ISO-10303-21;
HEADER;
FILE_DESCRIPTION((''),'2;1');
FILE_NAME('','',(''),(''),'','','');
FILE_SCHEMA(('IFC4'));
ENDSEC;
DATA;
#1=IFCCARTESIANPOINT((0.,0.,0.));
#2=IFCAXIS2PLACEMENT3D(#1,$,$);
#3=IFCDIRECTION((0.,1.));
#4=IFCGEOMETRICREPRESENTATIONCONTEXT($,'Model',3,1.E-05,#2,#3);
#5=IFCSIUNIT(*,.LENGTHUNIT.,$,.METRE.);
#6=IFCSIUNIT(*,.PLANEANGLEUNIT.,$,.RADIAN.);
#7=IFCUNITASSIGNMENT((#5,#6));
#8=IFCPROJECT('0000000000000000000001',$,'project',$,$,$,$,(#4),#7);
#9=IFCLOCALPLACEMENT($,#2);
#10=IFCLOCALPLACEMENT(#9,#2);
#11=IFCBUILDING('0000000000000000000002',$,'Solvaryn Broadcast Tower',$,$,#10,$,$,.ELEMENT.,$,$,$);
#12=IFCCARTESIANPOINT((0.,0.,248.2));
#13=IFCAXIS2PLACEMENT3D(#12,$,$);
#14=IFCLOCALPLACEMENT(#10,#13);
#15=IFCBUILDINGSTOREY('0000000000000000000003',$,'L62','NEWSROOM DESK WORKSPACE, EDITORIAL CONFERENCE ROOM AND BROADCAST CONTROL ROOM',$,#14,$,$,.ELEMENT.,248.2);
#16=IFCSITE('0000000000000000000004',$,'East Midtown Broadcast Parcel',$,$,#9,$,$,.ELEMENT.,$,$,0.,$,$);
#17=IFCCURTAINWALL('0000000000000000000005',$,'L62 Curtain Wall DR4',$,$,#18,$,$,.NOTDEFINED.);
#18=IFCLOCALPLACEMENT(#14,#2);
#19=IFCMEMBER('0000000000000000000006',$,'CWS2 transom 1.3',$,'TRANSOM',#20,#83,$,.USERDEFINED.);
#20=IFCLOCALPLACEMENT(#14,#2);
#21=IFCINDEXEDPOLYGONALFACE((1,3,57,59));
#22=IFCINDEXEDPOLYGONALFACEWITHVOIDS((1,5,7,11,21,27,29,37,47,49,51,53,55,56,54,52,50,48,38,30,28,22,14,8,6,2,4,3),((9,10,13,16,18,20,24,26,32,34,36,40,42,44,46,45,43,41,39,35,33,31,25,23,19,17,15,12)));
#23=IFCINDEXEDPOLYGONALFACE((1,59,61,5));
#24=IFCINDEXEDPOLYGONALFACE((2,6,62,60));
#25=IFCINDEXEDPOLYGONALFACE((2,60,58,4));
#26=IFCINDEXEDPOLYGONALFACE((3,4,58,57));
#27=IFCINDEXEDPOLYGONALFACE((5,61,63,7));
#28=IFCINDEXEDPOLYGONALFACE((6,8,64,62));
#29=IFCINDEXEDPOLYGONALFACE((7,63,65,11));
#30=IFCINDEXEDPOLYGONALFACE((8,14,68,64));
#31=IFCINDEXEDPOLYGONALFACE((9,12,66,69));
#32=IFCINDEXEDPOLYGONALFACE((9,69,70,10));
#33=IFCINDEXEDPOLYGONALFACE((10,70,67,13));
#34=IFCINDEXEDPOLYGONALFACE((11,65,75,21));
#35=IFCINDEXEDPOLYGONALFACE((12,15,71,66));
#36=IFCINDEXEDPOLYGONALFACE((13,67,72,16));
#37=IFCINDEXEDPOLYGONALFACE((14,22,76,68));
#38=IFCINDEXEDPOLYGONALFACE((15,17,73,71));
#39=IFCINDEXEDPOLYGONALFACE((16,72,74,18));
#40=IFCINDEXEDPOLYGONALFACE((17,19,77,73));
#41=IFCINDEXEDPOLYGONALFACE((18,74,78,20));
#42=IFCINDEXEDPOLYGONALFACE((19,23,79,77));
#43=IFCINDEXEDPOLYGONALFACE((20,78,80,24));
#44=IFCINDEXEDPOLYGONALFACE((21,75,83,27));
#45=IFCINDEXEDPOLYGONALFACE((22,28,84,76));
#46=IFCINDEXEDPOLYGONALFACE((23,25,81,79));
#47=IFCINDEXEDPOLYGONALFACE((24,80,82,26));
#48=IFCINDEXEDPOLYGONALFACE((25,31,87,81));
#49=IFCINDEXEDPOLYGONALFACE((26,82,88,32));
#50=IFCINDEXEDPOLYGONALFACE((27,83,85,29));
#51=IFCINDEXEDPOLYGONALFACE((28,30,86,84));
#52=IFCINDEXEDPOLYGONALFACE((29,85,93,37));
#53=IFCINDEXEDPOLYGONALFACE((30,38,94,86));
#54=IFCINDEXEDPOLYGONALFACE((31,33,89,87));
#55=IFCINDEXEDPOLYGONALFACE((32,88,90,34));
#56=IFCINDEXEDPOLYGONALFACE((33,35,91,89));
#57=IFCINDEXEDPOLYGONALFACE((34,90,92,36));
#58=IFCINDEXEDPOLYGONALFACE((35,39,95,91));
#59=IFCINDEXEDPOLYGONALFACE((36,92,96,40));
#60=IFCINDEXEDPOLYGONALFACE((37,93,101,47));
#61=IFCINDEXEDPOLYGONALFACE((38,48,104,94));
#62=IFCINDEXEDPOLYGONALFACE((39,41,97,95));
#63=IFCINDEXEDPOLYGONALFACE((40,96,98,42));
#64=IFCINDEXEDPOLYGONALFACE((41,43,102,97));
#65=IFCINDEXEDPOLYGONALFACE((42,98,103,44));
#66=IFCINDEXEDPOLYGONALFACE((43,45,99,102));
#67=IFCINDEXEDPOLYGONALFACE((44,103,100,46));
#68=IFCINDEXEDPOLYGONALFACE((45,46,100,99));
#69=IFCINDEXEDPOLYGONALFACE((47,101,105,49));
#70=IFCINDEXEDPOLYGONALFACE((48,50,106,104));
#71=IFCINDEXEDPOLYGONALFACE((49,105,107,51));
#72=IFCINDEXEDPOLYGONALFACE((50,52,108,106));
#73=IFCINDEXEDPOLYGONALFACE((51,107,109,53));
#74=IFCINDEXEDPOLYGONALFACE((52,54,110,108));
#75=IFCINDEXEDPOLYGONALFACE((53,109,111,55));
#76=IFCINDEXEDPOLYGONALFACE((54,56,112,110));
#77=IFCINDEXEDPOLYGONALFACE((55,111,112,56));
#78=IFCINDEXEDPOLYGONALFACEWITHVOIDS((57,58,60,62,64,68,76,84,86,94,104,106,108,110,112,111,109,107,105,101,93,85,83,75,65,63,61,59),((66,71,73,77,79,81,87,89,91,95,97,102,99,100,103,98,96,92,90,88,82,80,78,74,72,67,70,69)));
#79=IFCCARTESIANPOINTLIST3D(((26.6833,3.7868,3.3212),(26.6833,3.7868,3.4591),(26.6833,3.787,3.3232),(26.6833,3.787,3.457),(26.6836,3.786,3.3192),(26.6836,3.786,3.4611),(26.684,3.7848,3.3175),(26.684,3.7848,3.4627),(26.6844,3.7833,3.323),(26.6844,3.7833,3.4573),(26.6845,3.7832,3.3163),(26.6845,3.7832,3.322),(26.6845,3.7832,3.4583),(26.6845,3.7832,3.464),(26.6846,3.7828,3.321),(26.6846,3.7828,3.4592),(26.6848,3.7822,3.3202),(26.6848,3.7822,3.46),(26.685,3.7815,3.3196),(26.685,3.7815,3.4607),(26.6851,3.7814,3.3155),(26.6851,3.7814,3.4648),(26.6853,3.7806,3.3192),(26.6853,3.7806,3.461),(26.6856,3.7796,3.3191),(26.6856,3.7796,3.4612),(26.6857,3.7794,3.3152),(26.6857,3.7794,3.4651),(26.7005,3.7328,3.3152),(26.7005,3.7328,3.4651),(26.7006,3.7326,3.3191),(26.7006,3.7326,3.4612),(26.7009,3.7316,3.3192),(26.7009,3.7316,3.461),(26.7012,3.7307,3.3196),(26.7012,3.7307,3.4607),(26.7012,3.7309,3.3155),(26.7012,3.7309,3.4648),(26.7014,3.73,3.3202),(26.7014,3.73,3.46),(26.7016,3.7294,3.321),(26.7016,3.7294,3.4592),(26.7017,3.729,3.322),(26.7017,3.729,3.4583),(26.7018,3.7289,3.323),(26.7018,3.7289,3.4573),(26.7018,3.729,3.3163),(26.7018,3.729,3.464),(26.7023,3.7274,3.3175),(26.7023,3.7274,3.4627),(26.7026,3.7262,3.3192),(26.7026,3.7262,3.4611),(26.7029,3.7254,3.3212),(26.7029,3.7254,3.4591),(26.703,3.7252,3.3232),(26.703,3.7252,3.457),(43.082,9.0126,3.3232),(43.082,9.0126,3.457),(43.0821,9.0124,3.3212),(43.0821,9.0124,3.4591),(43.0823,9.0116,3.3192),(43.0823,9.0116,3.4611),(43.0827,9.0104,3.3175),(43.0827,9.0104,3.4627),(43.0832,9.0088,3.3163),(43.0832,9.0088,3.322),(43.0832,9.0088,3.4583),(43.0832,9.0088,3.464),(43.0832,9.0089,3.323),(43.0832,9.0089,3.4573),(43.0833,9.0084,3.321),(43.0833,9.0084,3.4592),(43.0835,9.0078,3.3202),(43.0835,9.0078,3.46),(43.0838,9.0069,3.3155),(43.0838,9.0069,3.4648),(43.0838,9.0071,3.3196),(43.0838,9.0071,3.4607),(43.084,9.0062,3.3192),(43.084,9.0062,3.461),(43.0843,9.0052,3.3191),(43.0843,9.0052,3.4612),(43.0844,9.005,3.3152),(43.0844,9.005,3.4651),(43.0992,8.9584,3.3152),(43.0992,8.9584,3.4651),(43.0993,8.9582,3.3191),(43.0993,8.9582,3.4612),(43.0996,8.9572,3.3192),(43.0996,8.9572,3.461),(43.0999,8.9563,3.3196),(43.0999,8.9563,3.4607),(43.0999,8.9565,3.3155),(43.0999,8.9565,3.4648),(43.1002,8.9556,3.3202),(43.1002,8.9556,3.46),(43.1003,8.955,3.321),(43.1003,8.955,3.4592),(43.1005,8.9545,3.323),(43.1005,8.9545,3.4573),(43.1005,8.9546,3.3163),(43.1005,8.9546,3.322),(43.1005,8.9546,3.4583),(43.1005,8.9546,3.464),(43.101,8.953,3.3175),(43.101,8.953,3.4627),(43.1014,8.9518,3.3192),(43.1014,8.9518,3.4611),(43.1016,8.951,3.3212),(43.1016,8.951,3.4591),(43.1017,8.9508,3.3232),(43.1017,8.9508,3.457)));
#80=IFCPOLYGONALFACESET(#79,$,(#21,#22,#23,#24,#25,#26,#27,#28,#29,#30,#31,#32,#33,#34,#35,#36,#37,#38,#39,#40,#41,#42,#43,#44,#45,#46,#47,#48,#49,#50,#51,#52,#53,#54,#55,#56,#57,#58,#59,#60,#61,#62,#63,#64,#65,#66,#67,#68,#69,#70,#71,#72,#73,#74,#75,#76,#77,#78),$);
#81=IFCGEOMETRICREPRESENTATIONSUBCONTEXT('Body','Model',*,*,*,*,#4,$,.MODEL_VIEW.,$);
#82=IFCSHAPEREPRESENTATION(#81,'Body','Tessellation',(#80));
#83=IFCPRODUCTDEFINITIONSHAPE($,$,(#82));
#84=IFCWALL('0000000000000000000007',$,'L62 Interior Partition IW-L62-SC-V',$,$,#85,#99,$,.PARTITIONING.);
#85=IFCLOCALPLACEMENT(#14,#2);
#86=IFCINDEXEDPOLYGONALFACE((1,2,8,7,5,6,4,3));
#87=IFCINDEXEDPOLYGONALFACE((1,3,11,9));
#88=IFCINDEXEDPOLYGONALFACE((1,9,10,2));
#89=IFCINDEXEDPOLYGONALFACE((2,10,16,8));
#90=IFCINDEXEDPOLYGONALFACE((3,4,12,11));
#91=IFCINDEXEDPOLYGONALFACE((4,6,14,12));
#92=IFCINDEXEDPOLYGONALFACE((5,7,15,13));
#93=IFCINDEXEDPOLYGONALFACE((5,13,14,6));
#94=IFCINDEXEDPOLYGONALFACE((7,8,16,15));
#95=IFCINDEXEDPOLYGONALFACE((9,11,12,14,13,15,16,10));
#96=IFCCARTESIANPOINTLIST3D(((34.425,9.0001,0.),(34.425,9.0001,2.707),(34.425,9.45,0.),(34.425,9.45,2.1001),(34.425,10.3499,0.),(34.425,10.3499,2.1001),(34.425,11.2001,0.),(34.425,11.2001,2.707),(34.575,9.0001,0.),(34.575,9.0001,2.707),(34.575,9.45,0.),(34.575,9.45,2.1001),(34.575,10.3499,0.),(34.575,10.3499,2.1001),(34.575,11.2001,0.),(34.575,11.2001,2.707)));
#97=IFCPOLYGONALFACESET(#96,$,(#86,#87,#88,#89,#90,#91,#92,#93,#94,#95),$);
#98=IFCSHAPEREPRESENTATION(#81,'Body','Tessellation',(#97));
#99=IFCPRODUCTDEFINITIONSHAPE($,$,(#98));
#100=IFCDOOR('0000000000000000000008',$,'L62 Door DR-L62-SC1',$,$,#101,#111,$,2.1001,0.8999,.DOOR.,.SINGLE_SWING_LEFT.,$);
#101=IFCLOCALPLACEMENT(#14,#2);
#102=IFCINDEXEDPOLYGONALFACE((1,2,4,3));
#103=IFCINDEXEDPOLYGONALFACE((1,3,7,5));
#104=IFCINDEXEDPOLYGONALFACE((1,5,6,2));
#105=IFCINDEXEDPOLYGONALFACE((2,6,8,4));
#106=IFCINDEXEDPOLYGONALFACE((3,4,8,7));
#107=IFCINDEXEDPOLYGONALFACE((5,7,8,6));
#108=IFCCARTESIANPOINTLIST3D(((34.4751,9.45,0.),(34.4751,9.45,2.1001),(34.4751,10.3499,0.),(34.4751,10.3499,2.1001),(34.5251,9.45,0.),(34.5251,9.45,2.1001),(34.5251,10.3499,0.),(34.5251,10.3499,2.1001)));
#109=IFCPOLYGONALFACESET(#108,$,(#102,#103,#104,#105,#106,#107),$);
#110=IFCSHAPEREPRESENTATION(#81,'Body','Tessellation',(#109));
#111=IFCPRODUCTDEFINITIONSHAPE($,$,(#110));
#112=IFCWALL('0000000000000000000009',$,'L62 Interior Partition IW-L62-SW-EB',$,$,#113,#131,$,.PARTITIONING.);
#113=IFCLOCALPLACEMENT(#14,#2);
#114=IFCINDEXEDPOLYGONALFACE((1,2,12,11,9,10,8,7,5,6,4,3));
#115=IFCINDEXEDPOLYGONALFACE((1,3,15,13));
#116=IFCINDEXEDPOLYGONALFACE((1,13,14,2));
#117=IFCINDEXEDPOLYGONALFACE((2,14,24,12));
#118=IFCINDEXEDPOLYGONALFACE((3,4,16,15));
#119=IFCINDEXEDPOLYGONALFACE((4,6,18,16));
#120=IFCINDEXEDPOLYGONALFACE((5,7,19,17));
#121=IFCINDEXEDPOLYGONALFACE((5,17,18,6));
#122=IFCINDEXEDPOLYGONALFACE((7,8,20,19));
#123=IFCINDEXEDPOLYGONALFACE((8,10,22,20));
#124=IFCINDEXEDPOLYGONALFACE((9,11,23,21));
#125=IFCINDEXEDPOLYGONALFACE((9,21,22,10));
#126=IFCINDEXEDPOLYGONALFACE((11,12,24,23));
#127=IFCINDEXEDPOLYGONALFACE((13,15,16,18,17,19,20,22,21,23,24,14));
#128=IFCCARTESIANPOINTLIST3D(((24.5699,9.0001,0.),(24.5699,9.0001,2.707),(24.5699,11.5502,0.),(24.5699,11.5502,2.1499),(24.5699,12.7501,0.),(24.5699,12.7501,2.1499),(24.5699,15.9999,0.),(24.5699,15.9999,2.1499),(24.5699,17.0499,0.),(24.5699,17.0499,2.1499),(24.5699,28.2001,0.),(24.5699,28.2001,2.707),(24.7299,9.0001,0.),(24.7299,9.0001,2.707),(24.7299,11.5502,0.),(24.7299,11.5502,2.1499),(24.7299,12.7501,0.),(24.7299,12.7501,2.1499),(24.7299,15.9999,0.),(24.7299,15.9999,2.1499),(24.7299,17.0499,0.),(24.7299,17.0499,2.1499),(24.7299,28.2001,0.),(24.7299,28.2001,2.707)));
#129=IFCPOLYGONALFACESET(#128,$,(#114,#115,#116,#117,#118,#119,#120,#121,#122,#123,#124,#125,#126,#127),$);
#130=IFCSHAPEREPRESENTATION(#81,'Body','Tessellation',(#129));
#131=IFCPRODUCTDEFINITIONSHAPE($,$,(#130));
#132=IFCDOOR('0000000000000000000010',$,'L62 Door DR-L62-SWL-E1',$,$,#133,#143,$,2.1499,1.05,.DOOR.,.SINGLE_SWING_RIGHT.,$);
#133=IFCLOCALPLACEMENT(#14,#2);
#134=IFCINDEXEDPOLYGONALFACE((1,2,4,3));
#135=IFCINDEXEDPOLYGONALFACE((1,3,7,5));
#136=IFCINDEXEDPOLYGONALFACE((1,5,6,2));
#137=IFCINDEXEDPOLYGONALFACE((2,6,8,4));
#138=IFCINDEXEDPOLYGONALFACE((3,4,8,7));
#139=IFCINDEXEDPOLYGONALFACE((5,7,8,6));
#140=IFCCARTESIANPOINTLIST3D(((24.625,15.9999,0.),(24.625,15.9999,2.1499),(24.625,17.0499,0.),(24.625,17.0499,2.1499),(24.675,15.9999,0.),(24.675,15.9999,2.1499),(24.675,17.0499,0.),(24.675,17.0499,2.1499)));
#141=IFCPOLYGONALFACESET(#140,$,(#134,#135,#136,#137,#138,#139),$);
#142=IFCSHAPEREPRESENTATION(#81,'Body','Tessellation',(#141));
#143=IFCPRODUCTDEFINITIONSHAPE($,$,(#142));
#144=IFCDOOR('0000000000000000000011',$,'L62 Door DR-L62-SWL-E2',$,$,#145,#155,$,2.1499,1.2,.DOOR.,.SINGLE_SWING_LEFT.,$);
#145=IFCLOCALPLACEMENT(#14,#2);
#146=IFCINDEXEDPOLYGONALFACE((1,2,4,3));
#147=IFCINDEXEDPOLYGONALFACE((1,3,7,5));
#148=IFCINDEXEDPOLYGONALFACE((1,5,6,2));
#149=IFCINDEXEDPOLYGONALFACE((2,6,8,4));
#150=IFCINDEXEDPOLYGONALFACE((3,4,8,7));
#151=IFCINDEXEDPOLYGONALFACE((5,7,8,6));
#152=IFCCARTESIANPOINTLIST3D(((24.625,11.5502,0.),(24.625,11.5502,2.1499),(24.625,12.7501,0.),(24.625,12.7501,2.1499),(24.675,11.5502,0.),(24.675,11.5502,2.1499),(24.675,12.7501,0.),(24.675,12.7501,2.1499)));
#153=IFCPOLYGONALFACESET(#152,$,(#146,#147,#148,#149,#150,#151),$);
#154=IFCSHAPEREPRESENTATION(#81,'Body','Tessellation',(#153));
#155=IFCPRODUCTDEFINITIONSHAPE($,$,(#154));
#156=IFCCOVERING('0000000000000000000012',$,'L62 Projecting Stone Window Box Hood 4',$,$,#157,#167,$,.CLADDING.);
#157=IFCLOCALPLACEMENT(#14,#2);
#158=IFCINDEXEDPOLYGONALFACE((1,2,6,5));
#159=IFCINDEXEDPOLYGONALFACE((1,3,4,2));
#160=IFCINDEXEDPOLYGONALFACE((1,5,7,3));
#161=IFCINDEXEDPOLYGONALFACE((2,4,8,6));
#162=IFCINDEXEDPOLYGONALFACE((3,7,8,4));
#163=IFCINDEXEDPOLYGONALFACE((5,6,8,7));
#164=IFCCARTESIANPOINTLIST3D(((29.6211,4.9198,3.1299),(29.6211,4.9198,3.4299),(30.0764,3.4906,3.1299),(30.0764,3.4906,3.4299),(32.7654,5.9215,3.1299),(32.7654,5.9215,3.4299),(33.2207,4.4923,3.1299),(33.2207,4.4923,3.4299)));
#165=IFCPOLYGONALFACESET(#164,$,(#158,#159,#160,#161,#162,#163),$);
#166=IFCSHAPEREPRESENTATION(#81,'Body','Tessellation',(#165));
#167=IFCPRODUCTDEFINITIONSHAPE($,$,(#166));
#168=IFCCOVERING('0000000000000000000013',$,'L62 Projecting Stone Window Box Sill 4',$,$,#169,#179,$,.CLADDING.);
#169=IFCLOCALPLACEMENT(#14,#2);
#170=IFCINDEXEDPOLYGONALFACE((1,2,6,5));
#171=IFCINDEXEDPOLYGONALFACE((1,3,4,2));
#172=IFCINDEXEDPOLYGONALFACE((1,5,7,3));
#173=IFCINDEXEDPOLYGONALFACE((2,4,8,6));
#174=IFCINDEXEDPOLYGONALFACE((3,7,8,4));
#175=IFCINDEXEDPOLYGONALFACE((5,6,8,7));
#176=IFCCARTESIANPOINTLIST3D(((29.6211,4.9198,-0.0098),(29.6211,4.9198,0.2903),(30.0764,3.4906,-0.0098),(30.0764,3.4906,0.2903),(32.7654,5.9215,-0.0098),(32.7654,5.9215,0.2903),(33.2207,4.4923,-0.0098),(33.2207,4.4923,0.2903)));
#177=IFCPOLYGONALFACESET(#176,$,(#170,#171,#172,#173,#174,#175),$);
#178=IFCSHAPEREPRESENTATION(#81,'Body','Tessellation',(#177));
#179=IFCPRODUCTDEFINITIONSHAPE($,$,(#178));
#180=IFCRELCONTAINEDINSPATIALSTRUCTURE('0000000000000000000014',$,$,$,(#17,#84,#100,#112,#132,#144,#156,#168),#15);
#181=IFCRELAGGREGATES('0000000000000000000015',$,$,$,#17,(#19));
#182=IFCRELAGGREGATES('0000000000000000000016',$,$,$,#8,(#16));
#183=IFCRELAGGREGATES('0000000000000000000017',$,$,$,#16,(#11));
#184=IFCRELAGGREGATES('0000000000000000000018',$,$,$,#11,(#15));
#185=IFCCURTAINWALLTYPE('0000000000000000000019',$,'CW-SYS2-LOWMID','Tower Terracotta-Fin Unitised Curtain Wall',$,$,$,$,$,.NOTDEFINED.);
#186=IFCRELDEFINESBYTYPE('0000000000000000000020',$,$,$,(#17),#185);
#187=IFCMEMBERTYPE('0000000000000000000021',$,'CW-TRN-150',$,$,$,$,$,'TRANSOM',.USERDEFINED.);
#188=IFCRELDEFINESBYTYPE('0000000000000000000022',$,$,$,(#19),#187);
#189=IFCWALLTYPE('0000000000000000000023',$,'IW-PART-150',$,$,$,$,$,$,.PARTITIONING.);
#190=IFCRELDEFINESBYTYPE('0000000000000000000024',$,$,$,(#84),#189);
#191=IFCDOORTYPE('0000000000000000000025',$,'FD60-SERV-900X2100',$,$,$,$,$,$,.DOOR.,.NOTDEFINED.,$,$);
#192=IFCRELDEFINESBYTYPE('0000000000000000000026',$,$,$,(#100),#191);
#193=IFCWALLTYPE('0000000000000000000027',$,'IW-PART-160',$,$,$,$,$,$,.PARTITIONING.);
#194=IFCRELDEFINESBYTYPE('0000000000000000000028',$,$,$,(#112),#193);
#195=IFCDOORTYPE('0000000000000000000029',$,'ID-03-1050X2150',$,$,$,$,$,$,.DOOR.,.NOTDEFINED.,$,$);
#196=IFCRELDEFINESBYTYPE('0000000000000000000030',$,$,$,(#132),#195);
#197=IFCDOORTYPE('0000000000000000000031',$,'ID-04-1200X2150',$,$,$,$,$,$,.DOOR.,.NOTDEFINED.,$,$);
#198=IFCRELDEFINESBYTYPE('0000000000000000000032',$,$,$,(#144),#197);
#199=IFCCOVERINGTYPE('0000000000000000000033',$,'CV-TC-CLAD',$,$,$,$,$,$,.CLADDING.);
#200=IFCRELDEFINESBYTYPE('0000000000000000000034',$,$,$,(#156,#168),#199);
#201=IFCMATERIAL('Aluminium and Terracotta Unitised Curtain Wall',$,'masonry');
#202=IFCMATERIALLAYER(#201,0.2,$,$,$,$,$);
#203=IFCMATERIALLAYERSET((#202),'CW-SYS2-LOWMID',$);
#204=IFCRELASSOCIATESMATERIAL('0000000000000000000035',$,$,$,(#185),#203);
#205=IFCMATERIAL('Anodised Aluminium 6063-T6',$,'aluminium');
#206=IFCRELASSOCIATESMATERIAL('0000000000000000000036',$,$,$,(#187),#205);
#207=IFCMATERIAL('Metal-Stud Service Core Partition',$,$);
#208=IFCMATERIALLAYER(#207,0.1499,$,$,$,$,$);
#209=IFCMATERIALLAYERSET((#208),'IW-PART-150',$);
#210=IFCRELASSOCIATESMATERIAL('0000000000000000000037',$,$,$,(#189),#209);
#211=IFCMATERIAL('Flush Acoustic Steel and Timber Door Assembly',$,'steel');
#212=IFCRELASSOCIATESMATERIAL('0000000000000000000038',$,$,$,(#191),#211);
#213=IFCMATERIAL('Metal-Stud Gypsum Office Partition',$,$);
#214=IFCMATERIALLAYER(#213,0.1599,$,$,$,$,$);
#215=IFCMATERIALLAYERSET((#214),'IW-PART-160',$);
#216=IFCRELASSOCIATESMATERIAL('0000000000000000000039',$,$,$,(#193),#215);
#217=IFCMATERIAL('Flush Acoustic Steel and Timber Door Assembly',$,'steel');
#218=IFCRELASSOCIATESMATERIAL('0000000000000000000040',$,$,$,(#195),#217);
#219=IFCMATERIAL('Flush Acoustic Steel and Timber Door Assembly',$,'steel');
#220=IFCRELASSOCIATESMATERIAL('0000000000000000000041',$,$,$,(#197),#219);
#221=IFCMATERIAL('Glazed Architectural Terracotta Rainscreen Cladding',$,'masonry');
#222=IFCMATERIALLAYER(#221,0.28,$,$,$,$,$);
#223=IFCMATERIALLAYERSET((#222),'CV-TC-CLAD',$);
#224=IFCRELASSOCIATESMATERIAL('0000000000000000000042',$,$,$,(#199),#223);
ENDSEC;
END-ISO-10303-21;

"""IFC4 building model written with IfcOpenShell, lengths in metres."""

from ifc_helpers import new_model, si_unit, direction, frame, frame_2d, origin, origin_2d, place, context, subcontext, project, spatial, rectangle, hollow_rectangle, extrude, material, layer, layer_set, material_profile, profile_set, type_object, element, fill, aggregate, save


model = new_model("IFC4")

# Units and contexts
model_context = context("Model", 3, precision=1e-05, world=origin(), true_north=direction((0.0, 1.0)))
body_context = subcontext(model_context, "Body", "Model", "MODEL_VIEW")
ifc_project = project(units=[si_unit("LENGTHUNIT", "METRE"), si_unit("PLANEANGLEUNIT", "RADIAN")], contexts=[model_context])

# Site, building, storey
site_placement = place(None, origin())
site = spatial("IfcSite", under=ifc_project, at=site_placement, Name="East Midtown Broadcast Parcel", CompositionType="ELEMENT", RefElevation=0.0)
building_placement = place(site_placement, origin())
building = spatial("IfcBuilding", under=site, at=building_placement, Name="Solvaryn Broadcast Tower", CompositionType="ELEMENT")
storey_placement = place(building_placement, frame((0.0, 0.0, 248.2)))
storey = spatial("IfcBuildingStorey", under=building, at=storey_placement, Name="L62", Description="NEWSROOM DESK WORKSPACE, EDITORIAL CONFERENCE ROOM AND BROADCAST CONTROL ROOM", CompositionType="ELEMENT", Elevation=248.2)

# Shared definitions
ifc_material_1 = material(Name="Aluminium and Terracotta Unitised Curtain Wall", Category="masonry")
ifc_layer_1 = layer(ifc_material_1, 0.2)
ifc_layer_set_1 = layer_set([ifc_layer_1], Name="CW-SYS2-LOWMID")
curtain_wall_type = type_object("IfcCurtainWallType", Name="CW-SYS2-LOWMID", Description="Tower Terracotta-Fin Unitised Curtain Wall", PredefinedType="NOTDEFINED", material=ifc_layer_set_1)

# Curtain wall, member
curtain_wall_1_placement = place(storey_placement, origin())
curtain_wall_1 = element("IfcCurtainWall", 1, at=curtain_wall_1_placement, inside=storey, type_object=curtain_wall_type, Name="L62 Curtain Wall DR4", PredefinedType="NOTDEFINED")
ifc_material_2 = material(Name="Anodised Aluminium 6063-T6", Category="aluminium")
ifc_material_profile_1 = material_profile(ifc_material_2, hollow_rectangle(XDim=0.0649, YDim=0.1499, WallThickness=0.0039, InnerFilletRadius=0.0039, OuterFilletRadius=0.0081, at=origin_2d()))
ifc_profile_set_1 = profile_set([ifc_material_profile_1], Name="Anodised Aluminium 6063-T6")
member_type_1 = type_object("IfcMemberType", Name="CW-TRN-150", ElementType="TRANSOM", PredefinedType="USERDEFINED", material=ifc_profile_set_1)
member_1_placement = place(storey_placement, frame((26.6931, 3.7561, 3.3901), z_axis=(0.952794, 0.303616, 0.0), x_axis=(-0.303616, 0.952794, 0.0)))
member_1 = element("IfcMember", 2, at=member_1_placement, type_object=member_type_1, Name="CWS2 transom 1.3", ObjectType="TRANSOM", PredefinedType="USERDEFINED", context=body_context, shape_type="SweptSolid", body=[
    extrude(hollow_rectangle(XDim=0.0649, YDim=0.1499, WallThickness=0.0039, InnerFilletRadius=0.0039, OuterFilletRadius=0.0081, at=origin_2d()), origin(), (0.0, 0.0, 1.0), 17.2112),
])
aggregate(curtain_wall_1, [member_1])

# Wall, opening, door
ifc_material_3 = material(Name="Metal-Stud Service Core Partition")
ifc_layer_2 = layer(ifc_material_3, 0.1499)
ifc_layer_set_2 = layer_set([ifc_layer_2], Name="IW-PART-150")
wall_type_1 = type_object("IfcWallType", Name="IW-PART-150", PredefinedType="PARTITIONING", material=ifc_layer_set_2)
wall_1_placement = place(storey_placement, frame((34.5, 9.0, 0.0), z_axis=(0.0, 0.0, 1.0), x_axis=(0.0, 1.0, 0.0)))
wall_1 = element("IfcWall", 3, at=wall_1_placement, inside=storey, type_object=wall_type_1, Name="L62 Interior Partition IW-L62-SC-V", PredefinedType="PARTITIONING", context=body_context, shape_type="SweptSolid", body=[
    extrude(rectangle(XDim=2.2, YDim=0.1499, at=frame_2d((1.1001, 0.0))), origin(), (0.0, 0.0, 1.0), 2.707),
])
opening_1_placement = place(wall_1_placement, frame((0.45, 0.0, 0.0)))
opening_1 = element("IfcOpeningElement", 4, at=opening_1_placement, cuts=wall_1, PredefinedType="OPENING", context=body_context, shape_type="SweptSolid", body=[
    extrude(rectangle(XDim=0.8999, YDim=2.1001, at=frame_2d((0.45, 1.05))), frame((0.0, 0.085, 0.0), z_axis=(0.0, -1.0, 0.0), x_axis=(1.0, 0.0, 0.0)), (0.0, 0.0, 1.0), 0.1699),
])
ifc_material_4 = material(Name="Flush Acoustic Steel and Timber Door Assembly", Category="steel")
door_type_1 = type_object("IfcDoorType", Name="FD60-SERV-900X2100", OperationType="NOTDEFINED", PredefinedType="DOOR", material=ifc_material_4)
door_1_placement = place(opening_1_placement, origin())
door_1 = element("IfcDoor", 5, at=door_1_placement, inside=storey, type_object=door_type_1, Name="L62 Door DR-L62-SC1", OperationType="SINGLE_SWING_LEFT", OverallHeight=2.1001, OverallWidth=0.8999, PredefinedType="DOOR", context=body_context, shape_type="SweptSolid", body=[
    extrude(rectangle(XDim=0.8999, YDim=2.1001, at=frame_2d((0.45, 1.05))), frame((0.0, 0.0249, 0.0), z_axis=(0.0, -1.0, 0.0), x_axis=(1.0, 0.0, 0.0)), (0.0, 0.0, 1.0), 0.05),
])
fill(opening_1, door_1)

# Wall, openings, doors
ifc_material_5 = material(Name="Metal-Stud Gypsum Office Partition")
ifc_layer_3 = layer(ifc_material_5, 0.1599)
ifc_layer_set_3 = layer_set([ifc_layer_3], Name="IW-PART-160")
wall_type_2 = type_object("IfcWallType", Name="IW-PART-160", PredefinedType="PARTITIONING", material=ifc_layer_set_3)
wall_2_placement = place(storey_placement, frame((24.6499, 9.0, 0.0), z_axis=(0.0, 0.0, 1.0), x_axis=(0.0, 1.0, 0.0)))
wall_2 = element("IfcWall", 6, at=wall_2_placement, inside=storey, type_object=wall_type_2, Name="L62 Interior Partition IW-L62-SW-EB", PredefinedType="PARTITIONING", context=body_context, shape_type="SweptSolid", body=[
    extrude(rectangle(XDim=19.2, YDim=0.1599, at=frame_2d((9.6001, 0.0))), origin(), (0.0, 0.0, 1.0), 2.707),
])
opening_2_placement = place(wall_2_placement, frame((7.0, 0.0, 0.0)))
opening_2 = element("IfcOpeningElement", 7, at=opening_2_placement, cuts=wall_2, PredefinedType="OPENING", context=body_context, shape_type="SweptSolid", body=[
    extrude(rectangle(XDim=1.05, YDim=2.1499, at=frame_2d((0.5249, 1.075))), frame((0.0, 0.0901, 0.0), z_axis=(0.0, -1.0, 0.0), x_axis=(1.0, 0.0, 0.0)), (0.0, 0.0, 1.0), 0.1799),
])
opening_3_placement = place(wall_2_placement, frame((2.55, 0.0, 0.0)))
opening_3 = element("IfcOpeningElement", 8, at=opening_3_placement, cuts=wall_2, PredefinedType="OPENING", context=body_context, shape_type="SweptSolid", body=[
    extrude(rectangle(XDim=1.2, YDim=2.1499, at=frame_2d((0.6001, 1.075))), frame((0.0, 0.0901, 0.0), z_axis=(0.0, -1.0, 0.0), x_axis=(1.0, 0.0, 0.0)), (0.0, 0.0, 1.0), 0.1799),
])
ifc_material_6 = material(Name="Flush Acoustic Steel and Timber Door Assembly", Category="steel")
door_type_2 = type_object("IfcDoorType", Name="ID-03-1050X2150", OperationType="NOTDEFINED", PredefinedType="DOOR", material=ifc_material_6)
door_2_placement = place(opening_2_placement, origin())
door_2 = element("IfcDoor", 9, at=door_2_placement, inside=storey, type_object=door_type_2, Name="L62 Door DR-L62-SWL-E1", OperationType="SINGLE_SWING_RIGHT", OverallHeight=2.1499, OverallWidth=1.05, PredefinedType="DOOR", context=body_context, shape_type="SweptSolid", body=[
    extrude(rectangle(XDim=1.05, YDim=2.1499, at=frame_2d((0.5249, 1.075))), frame((0.0, 0.0249, 0.0), z_axis=(0.0, -1.0, 0.0), x_axis=(1.0, 0.0, 0.0)), (0.0, 0.0, 1.0), 0.05),
])
fill(opening_2, door_2)
ifc_material_7 = material(Name="Flush Acoustic Steel and Timber Door Assembly", Category="steel")
door_type_3 = type_object("IfcDoorType", Name="ID-04-1200X2150", OperationType="NOTDEFINED", PredefinedType="DOOR", material=ifc_material_7)
door_3_placement = place(opening_3_placement, origin())
door_3 = element("IfcDoor", 10, at=door_3_placement, inside=storey, type_object=door_type_3, Name="L62 Door DR-L62-SWL-E2", OperationType="SINGLE_SWING_LEFT", OverallHeight=2.1499, OverallWidth=1.2, PredefinedType="DOOR", context=body_context, shape_type="SweptSolid", body=[
    extrude(rectangle(XDim=1.2, YDim=2.1499, at=frame_2d((0.6001, 1.075))), frame((0.0, 0.0249, 0.0), z_axis=(0.0, -1.0, 0.0), x_axis=(1.0, 0.0, 0.0)), (0.0, 0.0, 1.0), 0.05),
])
fill(opening_3, door_3)

# Coverings
ifc_material_8 = material(Name="Glazed Architectural Terracotta Rainscreen Cladding", Category="masonry")
ifc_layer_4 = layer(ifc_material_8, 0.28)
ifc_layer_set_4 = layer_set([ifc_layer_4], Name="CV-TC-CLAD")
covering_type_1 = type_object("IfcCoveringType", Name="CV-TC-CLAD", PredefinedType="CLADDING", material=ifc_layer_set_4)
for number, where, z_axis, x_axis, name in (
    (11, (31.4209, 4.7061, 3.1299), (0.0, 0.0, 1.0), (0.952821, 0.303534, 0.0), "L62 Projecting Stone Window Box Hood 4"),
    (12, (31.4209, 4.7061, -0.0098), (0.0, 0.0, 1.0), (0.952821, 0.303534, 0.0), "L62 Projecting Stone Window Box Sill 4"),
):
    element("IfcCovering", number, at=place(storey_placement, frame(where, z_axis=z_axis, x_axis=x_axis)), inside=storey, type_object=covering_type_1, Name=name, PredefinedType="CLADDING", context=body_context, shape_type="SweptSolid", body=[
        extrude(rectangle(XDim=3.3, YDim=1.5, at=origin_2d()), origin(), (0.0, 0.0, 1.0), 0.3),
    ])

save(model, "model.ifc")
